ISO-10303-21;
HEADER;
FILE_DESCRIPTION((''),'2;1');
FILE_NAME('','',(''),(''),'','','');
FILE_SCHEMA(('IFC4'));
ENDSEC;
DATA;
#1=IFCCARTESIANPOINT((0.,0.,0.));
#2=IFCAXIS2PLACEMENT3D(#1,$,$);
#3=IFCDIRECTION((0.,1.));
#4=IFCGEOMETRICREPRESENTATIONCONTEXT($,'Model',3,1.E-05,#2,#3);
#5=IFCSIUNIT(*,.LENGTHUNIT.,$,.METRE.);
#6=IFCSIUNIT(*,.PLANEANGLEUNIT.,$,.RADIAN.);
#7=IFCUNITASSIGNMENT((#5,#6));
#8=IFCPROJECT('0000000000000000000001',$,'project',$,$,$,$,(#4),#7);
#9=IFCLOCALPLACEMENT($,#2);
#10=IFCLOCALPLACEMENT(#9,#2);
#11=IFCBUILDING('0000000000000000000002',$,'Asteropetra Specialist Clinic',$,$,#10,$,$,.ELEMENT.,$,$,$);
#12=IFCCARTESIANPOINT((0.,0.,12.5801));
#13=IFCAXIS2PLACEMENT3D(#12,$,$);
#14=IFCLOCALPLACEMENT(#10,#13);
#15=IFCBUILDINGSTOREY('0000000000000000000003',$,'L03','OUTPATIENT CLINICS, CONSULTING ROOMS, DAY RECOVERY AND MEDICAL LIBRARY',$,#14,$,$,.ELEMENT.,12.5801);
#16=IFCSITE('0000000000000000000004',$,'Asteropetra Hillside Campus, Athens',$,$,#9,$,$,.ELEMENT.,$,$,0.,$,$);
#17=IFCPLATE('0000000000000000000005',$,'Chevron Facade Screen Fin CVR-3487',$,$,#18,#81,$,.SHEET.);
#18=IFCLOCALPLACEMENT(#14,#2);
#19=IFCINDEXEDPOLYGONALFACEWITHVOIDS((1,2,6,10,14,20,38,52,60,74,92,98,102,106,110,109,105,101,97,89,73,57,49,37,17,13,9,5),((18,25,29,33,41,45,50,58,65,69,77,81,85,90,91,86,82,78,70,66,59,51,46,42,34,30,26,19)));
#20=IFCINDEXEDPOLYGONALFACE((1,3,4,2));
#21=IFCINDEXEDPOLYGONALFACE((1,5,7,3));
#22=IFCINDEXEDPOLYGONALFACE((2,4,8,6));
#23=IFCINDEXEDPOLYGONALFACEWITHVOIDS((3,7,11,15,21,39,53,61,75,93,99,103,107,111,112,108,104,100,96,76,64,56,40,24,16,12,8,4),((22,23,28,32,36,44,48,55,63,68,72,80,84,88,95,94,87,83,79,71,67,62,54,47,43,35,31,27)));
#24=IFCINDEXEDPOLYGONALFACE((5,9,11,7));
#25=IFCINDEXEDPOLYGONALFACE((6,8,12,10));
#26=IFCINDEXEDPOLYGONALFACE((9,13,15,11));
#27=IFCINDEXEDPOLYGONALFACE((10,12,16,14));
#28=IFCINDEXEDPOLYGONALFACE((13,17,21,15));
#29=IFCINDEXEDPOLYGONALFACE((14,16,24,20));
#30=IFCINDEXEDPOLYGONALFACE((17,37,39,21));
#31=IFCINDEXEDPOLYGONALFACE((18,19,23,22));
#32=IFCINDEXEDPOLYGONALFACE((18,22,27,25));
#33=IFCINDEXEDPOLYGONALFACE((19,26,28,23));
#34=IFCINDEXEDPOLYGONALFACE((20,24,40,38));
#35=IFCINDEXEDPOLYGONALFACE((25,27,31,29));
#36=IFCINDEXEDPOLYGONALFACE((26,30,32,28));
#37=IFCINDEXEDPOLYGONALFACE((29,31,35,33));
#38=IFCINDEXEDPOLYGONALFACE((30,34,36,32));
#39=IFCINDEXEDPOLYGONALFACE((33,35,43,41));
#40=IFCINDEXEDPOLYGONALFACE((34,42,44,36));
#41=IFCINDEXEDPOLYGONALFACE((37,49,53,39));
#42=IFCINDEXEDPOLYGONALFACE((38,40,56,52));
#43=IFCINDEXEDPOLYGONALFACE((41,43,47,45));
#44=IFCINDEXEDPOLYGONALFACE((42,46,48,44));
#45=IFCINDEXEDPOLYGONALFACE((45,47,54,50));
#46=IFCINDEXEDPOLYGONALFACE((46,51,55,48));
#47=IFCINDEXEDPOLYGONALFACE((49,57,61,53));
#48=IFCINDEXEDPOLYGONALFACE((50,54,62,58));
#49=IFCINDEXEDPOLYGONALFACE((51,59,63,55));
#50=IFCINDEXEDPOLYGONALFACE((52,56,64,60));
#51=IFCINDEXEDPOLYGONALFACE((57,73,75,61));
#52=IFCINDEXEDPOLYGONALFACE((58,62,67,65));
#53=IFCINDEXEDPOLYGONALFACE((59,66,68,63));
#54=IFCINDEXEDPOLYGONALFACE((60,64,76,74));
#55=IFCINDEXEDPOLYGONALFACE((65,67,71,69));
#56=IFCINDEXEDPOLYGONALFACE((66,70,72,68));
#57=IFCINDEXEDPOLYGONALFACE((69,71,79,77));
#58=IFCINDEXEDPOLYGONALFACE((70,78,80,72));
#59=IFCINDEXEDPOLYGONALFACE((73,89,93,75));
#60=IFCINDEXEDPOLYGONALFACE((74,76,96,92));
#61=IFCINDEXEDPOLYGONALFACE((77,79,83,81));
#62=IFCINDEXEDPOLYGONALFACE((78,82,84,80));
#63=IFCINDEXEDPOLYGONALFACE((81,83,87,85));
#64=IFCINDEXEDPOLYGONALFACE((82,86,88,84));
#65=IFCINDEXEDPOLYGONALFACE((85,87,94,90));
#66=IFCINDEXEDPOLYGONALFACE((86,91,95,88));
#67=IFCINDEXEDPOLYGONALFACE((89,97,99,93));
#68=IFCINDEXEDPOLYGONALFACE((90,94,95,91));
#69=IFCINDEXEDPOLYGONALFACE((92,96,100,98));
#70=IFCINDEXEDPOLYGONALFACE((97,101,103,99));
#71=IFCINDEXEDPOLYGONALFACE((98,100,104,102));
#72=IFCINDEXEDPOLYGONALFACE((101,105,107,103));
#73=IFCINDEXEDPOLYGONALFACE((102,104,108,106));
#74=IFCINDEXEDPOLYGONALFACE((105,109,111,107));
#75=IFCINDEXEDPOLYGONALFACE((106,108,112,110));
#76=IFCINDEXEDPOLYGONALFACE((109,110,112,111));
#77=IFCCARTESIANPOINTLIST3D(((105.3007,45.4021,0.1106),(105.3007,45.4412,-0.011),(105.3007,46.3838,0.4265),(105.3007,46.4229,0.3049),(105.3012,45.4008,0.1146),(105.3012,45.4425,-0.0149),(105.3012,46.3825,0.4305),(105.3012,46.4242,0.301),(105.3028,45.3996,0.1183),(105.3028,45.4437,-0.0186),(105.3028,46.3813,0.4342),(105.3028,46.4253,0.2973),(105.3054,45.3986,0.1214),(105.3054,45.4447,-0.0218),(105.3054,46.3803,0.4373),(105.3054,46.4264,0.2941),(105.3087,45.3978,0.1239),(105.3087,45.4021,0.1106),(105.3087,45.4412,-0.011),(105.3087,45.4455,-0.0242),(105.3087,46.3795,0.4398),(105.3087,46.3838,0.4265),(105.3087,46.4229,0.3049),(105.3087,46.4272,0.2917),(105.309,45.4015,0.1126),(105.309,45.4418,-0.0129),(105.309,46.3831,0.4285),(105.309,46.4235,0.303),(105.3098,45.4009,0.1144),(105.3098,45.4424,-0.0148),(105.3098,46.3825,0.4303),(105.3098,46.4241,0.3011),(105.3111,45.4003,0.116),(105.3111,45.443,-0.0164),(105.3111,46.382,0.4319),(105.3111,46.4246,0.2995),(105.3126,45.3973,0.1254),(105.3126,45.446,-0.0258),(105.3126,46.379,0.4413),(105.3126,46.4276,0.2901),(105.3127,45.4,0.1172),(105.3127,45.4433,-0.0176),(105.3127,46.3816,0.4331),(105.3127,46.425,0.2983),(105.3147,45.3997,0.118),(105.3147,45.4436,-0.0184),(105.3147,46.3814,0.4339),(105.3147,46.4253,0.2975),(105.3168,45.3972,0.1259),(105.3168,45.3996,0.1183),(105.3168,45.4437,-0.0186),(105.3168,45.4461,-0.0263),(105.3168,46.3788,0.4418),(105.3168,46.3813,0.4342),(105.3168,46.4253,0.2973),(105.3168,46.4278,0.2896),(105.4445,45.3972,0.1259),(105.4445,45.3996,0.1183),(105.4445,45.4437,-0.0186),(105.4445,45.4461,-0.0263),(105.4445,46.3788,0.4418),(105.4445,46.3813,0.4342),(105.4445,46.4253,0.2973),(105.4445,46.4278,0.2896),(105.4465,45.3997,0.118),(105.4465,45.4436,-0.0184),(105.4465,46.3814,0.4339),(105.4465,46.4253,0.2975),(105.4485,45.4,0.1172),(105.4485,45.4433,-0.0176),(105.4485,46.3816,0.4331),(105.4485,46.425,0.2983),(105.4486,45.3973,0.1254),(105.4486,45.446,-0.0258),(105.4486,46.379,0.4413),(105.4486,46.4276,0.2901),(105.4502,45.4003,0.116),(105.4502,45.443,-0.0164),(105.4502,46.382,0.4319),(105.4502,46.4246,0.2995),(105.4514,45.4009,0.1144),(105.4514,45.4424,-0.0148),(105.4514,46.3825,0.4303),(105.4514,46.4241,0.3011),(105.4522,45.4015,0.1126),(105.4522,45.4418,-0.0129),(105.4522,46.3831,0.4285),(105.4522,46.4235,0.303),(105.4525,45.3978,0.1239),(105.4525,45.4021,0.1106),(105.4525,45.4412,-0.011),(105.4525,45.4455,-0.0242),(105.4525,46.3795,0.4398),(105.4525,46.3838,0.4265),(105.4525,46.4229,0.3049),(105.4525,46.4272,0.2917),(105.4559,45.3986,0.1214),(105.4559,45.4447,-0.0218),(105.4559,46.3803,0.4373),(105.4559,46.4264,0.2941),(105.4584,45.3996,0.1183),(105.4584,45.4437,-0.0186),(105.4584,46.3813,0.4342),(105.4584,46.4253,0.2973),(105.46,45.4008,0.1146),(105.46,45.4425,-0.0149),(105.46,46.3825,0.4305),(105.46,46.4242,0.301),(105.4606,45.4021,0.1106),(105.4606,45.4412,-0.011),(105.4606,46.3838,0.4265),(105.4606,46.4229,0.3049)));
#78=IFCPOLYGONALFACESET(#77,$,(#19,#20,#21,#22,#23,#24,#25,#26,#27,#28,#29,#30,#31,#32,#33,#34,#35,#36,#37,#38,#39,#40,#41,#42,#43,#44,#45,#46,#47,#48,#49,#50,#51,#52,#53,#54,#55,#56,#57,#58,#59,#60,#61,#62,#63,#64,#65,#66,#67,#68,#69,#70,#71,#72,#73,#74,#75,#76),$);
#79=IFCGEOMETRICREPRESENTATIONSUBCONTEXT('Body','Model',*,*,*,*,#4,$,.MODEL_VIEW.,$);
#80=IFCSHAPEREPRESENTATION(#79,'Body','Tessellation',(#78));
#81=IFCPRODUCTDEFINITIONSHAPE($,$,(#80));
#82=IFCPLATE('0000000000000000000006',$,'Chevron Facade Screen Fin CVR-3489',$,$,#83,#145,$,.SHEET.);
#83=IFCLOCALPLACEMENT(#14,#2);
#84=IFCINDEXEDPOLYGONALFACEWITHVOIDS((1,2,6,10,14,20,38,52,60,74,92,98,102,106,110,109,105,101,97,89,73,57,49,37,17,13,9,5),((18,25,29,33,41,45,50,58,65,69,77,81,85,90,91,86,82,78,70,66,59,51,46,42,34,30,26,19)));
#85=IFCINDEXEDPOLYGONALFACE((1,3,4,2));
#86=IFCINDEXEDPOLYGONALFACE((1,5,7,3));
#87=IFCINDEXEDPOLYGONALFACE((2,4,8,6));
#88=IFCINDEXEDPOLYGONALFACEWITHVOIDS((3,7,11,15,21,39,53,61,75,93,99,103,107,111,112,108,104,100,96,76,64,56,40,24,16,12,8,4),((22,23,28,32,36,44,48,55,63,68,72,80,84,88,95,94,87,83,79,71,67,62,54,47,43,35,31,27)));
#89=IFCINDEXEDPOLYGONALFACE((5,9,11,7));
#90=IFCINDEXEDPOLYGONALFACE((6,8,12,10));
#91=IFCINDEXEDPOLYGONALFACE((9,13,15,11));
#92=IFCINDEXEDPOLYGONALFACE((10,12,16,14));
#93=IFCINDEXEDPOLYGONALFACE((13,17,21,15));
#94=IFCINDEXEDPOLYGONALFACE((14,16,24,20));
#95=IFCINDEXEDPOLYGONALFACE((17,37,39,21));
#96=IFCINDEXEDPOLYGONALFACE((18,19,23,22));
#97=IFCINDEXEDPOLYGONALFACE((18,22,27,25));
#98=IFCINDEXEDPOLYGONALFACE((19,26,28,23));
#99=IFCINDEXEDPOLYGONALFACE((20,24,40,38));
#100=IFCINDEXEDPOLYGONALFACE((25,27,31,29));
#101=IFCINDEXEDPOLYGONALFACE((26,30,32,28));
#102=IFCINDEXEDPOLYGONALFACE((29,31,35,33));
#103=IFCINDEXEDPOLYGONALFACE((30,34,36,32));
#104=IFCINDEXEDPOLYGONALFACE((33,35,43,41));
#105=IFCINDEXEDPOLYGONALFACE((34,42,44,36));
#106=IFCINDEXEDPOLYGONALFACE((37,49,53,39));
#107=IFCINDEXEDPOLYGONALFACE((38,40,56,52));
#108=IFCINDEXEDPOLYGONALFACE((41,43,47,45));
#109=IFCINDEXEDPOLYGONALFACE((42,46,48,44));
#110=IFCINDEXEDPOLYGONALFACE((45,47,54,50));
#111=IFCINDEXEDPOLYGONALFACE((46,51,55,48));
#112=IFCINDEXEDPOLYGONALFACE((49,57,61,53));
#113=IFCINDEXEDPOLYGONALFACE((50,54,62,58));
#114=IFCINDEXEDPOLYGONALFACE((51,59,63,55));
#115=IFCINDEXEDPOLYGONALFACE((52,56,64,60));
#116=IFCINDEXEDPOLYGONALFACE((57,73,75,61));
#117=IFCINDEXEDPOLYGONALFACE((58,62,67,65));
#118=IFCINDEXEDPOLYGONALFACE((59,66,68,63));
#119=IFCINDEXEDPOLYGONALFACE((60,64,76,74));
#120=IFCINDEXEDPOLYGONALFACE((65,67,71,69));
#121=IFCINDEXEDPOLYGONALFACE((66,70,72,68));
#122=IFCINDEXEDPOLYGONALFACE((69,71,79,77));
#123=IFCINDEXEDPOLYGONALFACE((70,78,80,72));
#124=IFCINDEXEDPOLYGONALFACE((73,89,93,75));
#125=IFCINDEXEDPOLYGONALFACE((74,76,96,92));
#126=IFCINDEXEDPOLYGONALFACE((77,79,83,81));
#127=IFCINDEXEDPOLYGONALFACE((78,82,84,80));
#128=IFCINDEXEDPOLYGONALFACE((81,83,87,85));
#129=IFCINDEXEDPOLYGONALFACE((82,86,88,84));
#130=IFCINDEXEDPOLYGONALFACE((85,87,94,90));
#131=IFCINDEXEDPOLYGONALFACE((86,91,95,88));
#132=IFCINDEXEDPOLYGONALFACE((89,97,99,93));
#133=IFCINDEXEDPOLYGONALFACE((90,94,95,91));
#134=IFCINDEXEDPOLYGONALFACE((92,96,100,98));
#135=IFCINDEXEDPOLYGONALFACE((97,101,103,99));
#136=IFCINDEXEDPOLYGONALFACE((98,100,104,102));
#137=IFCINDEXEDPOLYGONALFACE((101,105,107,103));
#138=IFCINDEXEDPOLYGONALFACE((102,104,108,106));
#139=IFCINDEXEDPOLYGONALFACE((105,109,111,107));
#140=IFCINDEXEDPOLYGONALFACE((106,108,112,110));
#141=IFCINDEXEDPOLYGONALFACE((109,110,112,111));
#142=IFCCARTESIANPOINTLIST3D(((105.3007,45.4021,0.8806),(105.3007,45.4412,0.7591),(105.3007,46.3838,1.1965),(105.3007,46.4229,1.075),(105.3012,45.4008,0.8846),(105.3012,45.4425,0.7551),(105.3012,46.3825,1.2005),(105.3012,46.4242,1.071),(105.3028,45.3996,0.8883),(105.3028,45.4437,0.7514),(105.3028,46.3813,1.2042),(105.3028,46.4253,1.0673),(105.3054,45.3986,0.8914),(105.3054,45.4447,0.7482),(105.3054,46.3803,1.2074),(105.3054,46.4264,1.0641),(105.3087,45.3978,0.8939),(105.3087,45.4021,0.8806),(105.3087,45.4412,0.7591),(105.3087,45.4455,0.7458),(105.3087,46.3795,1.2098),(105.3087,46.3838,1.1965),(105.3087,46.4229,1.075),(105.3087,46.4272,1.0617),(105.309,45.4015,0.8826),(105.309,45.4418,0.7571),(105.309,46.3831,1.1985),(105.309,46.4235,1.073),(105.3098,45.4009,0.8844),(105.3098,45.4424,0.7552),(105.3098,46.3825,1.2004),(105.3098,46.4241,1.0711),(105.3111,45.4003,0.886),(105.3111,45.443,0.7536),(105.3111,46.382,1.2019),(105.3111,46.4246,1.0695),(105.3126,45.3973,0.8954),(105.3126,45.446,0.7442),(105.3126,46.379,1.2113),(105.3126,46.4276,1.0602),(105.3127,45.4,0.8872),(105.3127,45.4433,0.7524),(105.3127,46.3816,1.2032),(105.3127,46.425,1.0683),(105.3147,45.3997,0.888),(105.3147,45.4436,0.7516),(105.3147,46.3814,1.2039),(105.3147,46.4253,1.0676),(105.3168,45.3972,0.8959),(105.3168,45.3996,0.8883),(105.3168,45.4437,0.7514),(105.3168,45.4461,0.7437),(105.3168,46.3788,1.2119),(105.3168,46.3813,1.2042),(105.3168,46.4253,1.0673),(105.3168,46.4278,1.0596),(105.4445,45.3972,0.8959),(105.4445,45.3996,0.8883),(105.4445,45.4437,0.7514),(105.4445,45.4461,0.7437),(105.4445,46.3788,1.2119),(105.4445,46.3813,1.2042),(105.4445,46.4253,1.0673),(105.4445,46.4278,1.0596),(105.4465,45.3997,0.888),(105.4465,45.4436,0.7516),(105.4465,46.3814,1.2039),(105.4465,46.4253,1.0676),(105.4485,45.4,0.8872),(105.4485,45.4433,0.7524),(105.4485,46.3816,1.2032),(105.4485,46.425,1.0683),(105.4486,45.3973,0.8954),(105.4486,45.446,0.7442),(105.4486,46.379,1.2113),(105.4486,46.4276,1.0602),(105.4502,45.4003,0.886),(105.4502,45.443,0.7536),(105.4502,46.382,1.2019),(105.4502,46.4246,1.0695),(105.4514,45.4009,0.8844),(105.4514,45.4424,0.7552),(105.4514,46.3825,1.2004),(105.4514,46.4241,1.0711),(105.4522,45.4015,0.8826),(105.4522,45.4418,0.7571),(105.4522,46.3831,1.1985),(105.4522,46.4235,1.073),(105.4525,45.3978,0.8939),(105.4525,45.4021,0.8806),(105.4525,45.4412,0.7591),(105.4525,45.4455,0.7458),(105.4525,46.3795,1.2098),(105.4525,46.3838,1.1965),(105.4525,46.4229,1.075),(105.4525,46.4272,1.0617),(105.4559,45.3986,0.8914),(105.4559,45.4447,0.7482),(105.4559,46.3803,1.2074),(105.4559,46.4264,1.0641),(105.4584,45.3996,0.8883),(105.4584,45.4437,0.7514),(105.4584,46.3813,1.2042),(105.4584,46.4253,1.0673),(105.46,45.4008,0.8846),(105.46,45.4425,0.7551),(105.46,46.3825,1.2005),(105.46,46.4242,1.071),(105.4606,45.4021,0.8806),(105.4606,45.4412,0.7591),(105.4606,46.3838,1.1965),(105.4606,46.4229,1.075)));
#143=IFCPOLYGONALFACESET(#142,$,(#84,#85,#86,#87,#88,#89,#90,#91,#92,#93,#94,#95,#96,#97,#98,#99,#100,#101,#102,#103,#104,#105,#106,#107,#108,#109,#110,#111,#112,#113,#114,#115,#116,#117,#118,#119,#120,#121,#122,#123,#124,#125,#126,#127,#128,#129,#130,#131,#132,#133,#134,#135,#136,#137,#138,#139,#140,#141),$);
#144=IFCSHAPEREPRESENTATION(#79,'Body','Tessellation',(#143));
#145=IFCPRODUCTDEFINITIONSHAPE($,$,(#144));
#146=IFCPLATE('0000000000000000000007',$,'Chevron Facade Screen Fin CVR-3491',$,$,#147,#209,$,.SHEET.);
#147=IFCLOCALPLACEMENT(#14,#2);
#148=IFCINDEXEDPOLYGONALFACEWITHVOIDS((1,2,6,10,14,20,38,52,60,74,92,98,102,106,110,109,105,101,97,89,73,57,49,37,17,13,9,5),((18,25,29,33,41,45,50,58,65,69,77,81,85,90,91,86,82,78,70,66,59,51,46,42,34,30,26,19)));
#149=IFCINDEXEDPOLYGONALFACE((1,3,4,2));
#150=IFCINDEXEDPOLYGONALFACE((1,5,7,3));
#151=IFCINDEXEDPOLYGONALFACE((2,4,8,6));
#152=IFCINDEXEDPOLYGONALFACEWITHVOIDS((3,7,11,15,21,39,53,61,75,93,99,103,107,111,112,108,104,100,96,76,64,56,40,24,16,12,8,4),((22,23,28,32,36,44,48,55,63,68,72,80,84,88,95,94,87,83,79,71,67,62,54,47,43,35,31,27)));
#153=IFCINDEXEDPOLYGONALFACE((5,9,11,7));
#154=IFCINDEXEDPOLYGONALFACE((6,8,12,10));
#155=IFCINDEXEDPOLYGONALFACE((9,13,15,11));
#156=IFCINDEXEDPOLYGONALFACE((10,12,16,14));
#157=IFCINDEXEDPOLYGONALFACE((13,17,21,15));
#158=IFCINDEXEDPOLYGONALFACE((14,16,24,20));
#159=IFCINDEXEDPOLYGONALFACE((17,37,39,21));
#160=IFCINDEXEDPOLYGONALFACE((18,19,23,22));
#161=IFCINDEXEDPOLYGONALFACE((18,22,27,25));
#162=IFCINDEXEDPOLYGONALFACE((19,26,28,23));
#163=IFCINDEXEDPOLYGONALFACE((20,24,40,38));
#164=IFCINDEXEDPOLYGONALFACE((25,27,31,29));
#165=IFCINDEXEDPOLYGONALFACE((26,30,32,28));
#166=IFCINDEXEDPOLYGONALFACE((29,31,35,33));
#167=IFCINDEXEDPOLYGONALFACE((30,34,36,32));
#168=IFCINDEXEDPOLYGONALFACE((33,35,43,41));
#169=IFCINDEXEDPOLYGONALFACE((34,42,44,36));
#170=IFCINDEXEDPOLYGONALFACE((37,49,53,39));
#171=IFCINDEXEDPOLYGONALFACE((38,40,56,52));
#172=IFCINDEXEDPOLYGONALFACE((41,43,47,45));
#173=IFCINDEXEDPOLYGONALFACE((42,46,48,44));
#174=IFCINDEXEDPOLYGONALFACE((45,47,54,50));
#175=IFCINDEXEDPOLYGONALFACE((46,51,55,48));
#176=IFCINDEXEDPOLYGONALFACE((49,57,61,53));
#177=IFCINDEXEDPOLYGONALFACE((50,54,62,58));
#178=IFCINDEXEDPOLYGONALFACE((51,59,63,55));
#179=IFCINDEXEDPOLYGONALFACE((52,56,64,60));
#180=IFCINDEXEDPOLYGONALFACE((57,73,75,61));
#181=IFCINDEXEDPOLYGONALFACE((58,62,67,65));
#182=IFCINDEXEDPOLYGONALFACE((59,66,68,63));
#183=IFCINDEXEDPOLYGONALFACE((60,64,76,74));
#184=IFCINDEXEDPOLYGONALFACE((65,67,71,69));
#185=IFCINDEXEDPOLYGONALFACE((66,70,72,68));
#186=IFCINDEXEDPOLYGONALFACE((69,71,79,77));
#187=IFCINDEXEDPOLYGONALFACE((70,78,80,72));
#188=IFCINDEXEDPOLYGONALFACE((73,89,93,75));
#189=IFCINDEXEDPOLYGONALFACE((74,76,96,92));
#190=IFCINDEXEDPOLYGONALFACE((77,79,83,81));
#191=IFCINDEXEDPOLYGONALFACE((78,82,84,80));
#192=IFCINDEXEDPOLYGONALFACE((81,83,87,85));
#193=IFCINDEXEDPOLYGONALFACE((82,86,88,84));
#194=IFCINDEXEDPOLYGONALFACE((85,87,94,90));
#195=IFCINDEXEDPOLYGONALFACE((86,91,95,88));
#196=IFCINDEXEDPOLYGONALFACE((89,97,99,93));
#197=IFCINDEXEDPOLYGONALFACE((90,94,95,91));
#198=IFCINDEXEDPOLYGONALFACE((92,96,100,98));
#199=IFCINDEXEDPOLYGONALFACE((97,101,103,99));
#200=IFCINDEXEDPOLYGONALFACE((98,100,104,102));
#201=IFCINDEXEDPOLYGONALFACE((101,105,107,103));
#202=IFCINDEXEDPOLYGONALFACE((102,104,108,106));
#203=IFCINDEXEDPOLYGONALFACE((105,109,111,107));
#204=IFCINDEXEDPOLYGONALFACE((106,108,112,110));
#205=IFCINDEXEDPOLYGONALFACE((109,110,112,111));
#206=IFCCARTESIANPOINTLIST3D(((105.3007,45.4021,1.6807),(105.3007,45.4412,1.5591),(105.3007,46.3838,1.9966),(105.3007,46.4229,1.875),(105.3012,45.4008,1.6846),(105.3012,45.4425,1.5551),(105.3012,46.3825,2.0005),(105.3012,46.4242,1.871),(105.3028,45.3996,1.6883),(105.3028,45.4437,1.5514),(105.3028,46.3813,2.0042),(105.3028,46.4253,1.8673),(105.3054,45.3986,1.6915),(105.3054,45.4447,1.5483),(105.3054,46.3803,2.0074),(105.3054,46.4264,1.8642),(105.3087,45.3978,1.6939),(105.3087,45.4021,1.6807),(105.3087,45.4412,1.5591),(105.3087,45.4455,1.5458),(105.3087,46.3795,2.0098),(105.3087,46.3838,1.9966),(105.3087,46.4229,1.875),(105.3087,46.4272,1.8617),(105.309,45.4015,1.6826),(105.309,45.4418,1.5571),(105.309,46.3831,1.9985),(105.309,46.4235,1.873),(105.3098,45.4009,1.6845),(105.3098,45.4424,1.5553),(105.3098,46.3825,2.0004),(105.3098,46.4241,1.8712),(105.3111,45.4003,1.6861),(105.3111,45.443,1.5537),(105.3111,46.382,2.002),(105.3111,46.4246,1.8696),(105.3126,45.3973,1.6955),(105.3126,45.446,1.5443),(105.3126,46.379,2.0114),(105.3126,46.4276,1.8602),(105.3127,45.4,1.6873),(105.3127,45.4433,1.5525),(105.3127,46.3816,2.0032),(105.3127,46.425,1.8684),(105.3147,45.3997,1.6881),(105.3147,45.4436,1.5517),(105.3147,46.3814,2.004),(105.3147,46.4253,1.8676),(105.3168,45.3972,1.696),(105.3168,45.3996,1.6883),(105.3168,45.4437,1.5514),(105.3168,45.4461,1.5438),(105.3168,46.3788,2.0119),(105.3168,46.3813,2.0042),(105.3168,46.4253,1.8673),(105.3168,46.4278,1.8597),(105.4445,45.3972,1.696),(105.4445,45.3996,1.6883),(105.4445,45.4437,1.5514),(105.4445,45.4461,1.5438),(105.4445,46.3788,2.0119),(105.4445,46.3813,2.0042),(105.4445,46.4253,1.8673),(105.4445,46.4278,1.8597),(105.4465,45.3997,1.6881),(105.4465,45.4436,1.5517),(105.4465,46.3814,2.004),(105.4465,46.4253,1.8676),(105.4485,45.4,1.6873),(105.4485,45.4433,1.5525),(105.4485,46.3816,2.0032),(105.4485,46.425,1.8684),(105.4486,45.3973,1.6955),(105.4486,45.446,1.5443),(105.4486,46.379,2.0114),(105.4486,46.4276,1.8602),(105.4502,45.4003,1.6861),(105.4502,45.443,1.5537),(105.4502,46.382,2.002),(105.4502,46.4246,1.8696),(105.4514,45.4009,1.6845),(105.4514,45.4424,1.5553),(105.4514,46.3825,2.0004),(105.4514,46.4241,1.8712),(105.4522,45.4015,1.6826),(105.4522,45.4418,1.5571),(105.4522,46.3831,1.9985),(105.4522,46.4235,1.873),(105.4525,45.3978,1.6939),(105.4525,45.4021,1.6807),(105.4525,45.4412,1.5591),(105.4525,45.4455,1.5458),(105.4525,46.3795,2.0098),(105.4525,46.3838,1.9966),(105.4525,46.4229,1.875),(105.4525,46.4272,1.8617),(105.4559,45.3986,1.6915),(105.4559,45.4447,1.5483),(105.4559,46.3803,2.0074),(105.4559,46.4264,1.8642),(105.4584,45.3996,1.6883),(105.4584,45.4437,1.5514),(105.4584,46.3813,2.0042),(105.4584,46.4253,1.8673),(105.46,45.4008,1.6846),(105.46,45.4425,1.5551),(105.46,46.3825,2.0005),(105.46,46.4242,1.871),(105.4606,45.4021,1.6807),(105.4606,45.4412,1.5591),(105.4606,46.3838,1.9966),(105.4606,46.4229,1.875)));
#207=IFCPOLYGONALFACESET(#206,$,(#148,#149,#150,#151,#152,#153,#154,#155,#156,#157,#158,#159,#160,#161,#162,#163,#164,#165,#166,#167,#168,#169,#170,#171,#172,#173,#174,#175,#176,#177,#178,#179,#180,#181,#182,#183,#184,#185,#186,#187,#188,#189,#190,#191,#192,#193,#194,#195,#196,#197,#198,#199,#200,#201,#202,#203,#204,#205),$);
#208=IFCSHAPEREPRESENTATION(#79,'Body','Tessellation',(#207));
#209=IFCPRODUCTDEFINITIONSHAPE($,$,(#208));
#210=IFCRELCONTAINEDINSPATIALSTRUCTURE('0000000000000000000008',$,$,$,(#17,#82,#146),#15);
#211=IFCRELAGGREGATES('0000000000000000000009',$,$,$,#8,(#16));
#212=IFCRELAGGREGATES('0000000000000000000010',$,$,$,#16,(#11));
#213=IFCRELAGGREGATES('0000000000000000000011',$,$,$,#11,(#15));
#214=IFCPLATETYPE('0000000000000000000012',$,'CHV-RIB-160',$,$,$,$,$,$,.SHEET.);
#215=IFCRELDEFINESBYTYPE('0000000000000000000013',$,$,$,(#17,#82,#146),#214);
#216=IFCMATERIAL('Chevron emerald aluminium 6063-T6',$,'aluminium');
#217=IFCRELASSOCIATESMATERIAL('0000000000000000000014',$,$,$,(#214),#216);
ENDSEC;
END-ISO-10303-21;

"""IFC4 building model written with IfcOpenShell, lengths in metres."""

from ifc_helpers import new_model, si_unit, direction, frame, origin, origin_2d, place, context, subcontext, project, spatial, hollow_rectangle, extrude, material, material_profile, profile_set, type_object, element, save


model = new_model("IFC4")

# Units and contexts
model_context = context("Model", 3, precision=1e-05, world=origin(), true_north=direction((0.0, 1.0)))
body_context = subcontext(model_context, "Body", "Model", "MODEL_VIEW")
ifc_project = project(units=[si_unit("LENGTHUNIT", "METRE"), si_unit("PLANEANGLEUNIT", "RADIAN")], contexts=[model_context])

# Site, building, storey
site_placement = place(None, origin())
site = spatial("IfcSite", under=ifc_project, at=site_placement, Name="Asteropetra Hillside Campus, Athens", CompositionType="ELEMENT", RefElevation=0.0)
building_placement = place(site_placement, origin())
building = spatial("IfcBuilding", under=site, at=building_placement, Name="Asteropetra Specialist Clinic", CompositionType="ELEMENT")
storey_placement = place(building_placement, frame((0.0, 0.0, 12.5801)))
storey = spatial("IfcBuildingStorey", under=building, at=storey_placement, Name="L03", Description="OUTPATIENT CLINICS, CONSULTING ROOMS, DAY RECOVERY AND MEDICAL LIBRARY", CompositionType="ELEMENT", Elevation=12.5801)

# Plates
ifc_material_1 = material(Name="Chevron emerald aluminium 6063-T6", Category="aluminium")
ifc_material_profile = material_profile(ifc_material_1, hollow_rectangle(XDim=0.1599, YDim=0.1599, WallThickness=0.0081, InnerFilletRadius=0.0081, OuterFilletRadius=0.0161, at=origin_2d()), Name="SHS 160x160x8.0")
ifc_profile_set = profile_set([ifc_material_profile], Name="Chevron emerald aluminium 6063-T6")
plate_type_1 = type_object("IfcPlateType", Name="CHV-RIB-160", PredefinedType="SHEET", material=ifc_profile_set)
for number, where, z_axis, x_axis, name in (
    (1, (105.3806, 46.4033, 0.3657), (0.0, -0.951923, -0.306339), (1.0, 0.0, 0.0), "Chevron Facade Screen Fin CVR-3487"),
    (2, (105.3806, 46.4033, 1.1357), (0.0, -0.951923, -0.306339), (1.0, 0.0, 0.0), "Chevron Facade Screen Fin CVR-3489"),
    (3, (105.3806, 46.4033, 1.9358), (0.0, -0.951923, -0.306339), (1.0, 0.0, 0.0), "Chevron Facade Screen Fin CVR-3491"),
):
    element("IfcPlate", number, at=place(storey_placement, frame(where, z_axis=z_axis, x_axis=x_axis)), inside=storey, type_object=plate_type_1, Name=name, PredefinedType="SHEET", context=body_context, shape_type="SweptSolid", body=[
        extrude(hollow_rectangle(XDim=0.1599, YDim=0.1599, WallThickness=0.0081, InnerFilletRadius=0.0081, OuterFilletRadius=0.0161, at=origin_2d()), origin(), (0.0, 0.0, 1.0), 1.0312),
    ])

save(model, "model.ifc")
